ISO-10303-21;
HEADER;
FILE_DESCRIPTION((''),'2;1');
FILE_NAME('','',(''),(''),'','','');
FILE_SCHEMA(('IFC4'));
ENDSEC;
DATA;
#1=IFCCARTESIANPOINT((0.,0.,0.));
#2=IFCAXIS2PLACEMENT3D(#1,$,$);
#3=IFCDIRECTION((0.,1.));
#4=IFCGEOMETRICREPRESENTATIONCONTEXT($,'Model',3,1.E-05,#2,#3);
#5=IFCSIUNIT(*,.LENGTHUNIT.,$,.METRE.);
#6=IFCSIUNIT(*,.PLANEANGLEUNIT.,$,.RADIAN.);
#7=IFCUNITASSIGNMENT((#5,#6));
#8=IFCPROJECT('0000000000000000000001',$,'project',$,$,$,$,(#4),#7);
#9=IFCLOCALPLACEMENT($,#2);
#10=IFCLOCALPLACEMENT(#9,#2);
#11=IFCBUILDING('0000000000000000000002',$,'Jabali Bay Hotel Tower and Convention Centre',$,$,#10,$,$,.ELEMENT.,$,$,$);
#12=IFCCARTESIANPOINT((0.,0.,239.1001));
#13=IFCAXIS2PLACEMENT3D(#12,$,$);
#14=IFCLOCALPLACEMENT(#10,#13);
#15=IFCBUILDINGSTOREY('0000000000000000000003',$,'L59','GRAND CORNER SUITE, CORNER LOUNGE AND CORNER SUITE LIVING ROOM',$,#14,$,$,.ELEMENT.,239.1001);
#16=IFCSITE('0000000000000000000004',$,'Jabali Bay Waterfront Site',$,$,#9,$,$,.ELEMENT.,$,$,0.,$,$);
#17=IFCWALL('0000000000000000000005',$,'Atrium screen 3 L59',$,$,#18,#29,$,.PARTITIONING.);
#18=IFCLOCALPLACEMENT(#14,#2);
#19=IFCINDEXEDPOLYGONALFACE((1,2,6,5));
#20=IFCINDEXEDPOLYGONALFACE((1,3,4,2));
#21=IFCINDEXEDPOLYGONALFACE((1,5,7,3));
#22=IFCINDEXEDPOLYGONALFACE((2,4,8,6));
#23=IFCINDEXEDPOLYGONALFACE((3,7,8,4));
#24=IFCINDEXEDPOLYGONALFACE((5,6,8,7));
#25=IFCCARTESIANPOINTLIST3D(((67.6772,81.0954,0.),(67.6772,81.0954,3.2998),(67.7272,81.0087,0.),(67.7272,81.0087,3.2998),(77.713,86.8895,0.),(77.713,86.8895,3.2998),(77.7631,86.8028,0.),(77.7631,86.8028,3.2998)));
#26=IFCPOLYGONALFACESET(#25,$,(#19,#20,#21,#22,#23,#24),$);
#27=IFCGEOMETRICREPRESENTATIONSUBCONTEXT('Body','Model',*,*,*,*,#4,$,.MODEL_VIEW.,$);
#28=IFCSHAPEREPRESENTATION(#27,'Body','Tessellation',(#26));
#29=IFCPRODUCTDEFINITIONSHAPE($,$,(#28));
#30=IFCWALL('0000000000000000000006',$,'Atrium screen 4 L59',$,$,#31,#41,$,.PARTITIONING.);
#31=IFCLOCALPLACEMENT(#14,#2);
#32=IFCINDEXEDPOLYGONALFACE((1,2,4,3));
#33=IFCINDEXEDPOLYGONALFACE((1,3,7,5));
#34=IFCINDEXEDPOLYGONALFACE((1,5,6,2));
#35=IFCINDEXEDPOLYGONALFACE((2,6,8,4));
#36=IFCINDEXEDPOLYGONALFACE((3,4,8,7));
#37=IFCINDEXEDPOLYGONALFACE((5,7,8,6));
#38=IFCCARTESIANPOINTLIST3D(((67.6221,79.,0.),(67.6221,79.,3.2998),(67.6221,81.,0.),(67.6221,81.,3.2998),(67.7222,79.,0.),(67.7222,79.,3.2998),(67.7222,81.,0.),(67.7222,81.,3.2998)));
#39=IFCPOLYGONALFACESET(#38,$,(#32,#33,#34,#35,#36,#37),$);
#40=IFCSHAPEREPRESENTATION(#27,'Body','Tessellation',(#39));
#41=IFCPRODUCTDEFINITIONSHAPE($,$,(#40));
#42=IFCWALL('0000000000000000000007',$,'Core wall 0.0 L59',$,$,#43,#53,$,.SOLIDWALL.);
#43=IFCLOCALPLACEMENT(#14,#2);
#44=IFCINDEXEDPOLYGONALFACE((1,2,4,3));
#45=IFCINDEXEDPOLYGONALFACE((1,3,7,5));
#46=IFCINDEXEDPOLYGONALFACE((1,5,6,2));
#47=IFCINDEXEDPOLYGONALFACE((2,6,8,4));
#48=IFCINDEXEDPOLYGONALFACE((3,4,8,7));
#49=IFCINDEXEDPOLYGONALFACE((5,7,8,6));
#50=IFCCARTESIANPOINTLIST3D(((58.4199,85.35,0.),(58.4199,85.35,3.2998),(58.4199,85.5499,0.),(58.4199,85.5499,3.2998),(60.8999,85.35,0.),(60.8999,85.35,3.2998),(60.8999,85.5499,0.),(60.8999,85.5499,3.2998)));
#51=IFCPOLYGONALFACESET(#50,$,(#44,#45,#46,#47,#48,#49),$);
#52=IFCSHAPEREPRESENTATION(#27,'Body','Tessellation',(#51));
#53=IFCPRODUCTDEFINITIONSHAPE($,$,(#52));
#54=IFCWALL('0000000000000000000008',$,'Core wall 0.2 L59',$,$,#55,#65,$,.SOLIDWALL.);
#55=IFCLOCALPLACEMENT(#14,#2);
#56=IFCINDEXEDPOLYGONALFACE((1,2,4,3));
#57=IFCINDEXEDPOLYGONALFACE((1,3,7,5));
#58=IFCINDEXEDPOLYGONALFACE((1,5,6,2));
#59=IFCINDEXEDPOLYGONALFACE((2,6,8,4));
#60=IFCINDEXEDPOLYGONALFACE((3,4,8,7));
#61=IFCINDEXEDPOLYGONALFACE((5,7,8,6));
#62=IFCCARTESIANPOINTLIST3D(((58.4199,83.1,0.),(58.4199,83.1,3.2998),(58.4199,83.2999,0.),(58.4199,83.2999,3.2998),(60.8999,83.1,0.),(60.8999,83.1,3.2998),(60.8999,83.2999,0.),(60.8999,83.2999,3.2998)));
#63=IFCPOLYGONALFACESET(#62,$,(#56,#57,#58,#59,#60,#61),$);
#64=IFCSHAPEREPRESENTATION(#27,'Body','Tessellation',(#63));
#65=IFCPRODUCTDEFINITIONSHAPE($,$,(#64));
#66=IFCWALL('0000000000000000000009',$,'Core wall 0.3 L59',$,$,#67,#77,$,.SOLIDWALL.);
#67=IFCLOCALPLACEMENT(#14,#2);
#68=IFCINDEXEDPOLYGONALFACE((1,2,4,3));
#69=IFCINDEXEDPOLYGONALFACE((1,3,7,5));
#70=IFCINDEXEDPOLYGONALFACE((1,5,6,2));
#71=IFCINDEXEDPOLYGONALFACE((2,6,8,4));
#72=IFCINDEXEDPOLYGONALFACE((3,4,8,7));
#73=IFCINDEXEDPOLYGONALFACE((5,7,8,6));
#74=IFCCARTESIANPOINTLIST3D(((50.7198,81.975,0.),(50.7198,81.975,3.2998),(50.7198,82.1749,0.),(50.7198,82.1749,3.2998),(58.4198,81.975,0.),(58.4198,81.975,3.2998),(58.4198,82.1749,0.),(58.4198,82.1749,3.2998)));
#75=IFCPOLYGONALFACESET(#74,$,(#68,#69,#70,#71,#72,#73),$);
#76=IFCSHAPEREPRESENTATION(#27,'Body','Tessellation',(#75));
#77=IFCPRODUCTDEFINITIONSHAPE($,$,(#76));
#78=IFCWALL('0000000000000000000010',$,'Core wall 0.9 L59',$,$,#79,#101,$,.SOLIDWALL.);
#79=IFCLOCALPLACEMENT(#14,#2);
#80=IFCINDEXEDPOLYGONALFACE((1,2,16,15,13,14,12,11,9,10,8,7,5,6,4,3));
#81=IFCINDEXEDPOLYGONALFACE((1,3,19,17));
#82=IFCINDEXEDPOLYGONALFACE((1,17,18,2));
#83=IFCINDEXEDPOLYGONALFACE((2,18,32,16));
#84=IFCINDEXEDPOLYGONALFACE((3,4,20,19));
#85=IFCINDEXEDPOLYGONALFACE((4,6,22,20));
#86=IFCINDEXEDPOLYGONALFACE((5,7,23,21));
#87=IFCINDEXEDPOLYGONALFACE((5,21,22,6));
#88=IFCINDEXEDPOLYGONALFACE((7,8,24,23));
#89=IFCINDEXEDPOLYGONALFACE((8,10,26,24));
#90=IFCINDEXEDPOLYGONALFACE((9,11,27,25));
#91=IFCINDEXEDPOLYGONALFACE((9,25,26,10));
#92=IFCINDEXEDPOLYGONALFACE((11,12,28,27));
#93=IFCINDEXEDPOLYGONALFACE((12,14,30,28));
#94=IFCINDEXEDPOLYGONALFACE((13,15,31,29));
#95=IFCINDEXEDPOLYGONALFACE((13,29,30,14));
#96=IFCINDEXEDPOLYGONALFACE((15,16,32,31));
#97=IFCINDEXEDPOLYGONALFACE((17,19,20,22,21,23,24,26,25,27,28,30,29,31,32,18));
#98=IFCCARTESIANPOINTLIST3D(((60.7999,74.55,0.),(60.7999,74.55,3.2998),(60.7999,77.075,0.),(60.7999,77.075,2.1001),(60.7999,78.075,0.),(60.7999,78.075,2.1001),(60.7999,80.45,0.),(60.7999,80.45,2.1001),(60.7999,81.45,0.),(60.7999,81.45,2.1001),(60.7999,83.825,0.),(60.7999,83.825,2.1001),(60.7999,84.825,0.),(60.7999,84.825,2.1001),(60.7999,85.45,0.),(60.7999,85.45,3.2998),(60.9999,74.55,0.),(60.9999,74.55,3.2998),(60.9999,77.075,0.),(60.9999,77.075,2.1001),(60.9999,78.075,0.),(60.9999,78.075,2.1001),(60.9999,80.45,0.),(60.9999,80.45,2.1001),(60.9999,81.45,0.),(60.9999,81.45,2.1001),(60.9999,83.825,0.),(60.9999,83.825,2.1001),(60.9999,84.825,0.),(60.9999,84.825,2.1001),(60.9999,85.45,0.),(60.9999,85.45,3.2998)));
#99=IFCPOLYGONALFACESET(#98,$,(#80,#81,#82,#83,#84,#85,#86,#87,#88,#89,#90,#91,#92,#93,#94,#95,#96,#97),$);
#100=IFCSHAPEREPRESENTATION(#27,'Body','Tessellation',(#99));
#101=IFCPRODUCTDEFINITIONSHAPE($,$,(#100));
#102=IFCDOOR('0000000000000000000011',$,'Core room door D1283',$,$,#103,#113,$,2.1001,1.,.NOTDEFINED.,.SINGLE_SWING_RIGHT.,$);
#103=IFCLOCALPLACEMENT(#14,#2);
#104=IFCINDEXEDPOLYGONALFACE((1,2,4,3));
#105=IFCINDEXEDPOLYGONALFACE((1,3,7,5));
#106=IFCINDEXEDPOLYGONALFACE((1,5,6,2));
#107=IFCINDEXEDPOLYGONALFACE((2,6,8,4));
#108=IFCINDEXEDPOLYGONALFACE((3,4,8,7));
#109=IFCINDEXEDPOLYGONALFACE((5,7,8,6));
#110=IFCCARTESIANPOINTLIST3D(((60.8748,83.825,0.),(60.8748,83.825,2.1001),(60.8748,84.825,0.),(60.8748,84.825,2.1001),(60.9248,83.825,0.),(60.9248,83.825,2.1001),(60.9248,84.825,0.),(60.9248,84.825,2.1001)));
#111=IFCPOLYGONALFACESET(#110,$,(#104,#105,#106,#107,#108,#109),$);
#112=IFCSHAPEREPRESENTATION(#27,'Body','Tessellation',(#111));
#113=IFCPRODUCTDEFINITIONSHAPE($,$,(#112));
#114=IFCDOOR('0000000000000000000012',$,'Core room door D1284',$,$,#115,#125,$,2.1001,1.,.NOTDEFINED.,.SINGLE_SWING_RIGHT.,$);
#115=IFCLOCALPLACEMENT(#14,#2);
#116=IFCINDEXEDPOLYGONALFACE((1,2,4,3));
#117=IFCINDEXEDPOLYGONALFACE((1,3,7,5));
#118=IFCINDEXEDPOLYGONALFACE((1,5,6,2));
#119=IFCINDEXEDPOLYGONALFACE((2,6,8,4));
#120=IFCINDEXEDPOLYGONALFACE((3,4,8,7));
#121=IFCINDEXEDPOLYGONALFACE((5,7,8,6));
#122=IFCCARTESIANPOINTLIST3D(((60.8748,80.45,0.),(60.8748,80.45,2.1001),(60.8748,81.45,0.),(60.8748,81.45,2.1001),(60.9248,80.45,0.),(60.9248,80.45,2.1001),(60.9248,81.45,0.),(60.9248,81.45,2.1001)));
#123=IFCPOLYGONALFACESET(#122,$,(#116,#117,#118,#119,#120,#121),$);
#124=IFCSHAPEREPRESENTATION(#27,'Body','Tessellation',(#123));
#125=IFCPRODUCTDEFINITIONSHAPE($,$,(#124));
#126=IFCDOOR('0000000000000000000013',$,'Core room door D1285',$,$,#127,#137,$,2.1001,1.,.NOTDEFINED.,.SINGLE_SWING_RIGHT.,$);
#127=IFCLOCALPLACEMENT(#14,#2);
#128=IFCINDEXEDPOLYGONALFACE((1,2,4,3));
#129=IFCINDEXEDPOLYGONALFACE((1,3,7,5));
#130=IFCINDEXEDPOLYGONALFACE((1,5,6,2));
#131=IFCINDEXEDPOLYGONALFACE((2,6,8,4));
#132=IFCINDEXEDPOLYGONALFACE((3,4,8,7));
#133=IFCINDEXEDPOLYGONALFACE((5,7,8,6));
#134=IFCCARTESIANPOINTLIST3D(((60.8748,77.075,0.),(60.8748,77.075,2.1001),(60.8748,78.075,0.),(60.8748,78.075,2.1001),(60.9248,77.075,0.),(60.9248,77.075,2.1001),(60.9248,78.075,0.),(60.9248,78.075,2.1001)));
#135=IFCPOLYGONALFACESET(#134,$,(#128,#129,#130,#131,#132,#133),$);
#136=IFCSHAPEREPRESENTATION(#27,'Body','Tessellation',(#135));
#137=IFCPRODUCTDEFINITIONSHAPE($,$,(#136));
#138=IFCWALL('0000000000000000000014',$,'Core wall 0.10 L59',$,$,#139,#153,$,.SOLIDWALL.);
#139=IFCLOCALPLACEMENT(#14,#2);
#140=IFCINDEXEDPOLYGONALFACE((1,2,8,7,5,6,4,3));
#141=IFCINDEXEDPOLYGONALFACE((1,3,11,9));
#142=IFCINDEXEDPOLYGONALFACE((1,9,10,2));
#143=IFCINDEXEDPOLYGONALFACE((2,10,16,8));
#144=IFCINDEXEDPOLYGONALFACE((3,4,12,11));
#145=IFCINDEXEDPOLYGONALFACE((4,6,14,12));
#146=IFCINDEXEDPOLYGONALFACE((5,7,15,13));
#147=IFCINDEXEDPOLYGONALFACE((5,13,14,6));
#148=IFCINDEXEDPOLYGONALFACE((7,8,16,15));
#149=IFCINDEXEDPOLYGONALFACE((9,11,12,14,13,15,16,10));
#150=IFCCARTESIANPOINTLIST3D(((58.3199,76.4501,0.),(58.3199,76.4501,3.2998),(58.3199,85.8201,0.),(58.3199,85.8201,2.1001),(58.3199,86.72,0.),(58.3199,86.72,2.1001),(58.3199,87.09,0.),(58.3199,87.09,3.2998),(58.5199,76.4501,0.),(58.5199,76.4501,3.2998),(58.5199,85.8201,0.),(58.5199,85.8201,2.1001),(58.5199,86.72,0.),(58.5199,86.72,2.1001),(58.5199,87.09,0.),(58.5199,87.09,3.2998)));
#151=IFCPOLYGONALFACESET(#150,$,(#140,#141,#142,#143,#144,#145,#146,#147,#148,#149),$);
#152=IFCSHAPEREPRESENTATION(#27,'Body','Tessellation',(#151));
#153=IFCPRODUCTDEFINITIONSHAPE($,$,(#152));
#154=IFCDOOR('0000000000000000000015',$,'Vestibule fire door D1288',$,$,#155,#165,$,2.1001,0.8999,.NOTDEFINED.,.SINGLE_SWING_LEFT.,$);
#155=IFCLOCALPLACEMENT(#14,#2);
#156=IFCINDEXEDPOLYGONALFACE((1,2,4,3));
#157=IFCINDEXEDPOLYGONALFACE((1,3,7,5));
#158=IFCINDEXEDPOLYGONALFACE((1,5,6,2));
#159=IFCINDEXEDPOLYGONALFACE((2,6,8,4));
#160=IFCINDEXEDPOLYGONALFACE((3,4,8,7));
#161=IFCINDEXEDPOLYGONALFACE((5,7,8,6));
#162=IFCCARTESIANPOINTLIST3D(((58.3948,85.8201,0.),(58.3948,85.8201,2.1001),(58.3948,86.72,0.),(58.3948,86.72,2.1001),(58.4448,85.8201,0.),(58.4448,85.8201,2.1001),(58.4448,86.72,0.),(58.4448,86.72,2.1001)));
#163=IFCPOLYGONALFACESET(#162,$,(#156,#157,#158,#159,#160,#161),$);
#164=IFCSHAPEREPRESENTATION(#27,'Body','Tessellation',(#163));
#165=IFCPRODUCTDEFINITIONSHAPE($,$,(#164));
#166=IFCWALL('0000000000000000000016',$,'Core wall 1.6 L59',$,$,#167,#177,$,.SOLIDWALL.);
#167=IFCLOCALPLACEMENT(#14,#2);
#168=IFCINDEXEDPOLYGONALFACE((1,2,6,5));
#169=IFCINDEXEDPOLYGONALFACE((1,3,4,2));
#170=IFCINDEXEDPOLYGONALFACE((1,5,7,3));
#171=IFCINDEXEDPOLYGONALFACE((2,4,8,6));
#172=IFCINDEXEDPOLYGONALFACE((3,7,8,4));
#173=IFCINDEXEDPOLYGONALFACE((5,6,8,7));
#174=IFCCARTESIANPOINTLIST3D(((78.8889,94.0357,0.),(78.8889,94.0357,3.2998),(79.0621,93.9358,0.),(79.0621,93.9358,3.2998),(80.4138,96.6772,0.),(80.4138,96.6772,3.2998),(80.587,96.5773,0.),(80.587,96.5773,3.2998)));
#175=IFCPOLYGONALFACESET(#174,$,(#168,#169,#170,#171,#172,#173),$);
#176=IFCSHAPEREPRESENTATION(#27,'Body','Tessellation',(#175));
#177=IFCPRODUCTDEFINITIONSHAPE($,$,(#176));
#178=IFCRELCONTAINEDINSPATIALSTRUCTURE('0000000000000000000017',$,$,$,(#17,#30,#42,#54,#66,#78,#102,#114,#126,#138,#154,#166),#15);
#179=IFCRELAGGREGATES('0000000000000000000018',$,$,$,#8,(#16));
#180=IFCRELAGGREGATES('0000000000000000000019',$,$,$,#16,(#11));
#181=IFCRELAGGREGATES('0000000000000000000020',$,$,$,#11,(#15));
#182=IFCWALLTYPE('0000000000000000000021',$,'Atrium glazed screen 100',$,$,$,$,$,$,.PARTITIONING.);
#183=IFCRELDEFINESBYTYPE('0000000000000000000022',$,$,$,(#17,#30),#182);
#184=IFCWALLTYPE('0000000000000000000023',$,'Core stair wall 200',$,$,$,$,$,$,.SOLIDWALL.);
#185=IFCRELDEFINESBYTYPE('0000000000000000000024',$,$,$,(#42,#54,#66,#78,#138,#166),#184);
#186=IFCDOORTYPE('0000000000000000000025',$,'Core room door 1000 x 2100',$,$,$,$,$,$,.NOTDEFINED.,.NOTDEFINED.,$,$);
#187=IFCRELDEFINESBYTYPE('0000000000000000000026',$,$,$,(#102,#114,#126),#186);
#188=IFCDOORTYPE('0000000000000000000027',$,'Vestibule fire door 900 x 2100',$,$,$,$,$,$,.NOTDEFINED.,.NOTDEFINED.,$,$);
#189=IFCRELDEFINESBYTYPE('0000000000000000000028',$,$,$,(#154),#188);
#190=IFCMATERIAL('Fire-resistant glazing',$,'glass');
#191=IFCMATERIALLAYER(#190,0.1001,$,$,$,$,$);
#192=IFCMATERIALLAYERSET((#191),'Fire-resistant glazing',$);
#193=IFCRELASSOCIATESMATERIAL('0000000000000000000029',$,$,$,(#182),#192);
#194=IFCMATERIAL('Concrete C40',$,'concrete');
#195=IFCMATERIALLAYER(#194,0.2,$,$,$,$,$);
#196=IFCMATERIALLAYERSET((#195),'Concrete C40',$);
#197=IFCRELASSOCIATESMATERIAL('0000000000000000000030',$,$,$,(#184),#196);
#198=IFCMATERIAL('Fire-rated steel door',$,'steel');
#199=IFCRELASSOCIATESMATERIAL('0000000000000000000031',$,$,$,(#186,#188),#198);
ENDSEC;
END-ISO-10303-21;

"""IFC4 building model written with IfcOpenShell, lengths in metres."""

from ifc_helpers import new_model, si_unit, direction, frame, frame_2d, origin, place, context, subcontext, project, spatial, rectangle, extrude, material, layer, layer_set, type_object, element, fill, save


model = new_model("IFC4")

# Units and contexts
model_context = context("Model", 3, precision=1e-05, world=origin(), true_north=direction((0.0, 1.0)))
body_context = subcontext(model_context, "Body", "Model", "MODEL_VIEW")
ifc_project = project(units=[si_unit("LENGTHUNIT", "METRE"), si_unit("PLANEANGLEUNIT", "RADIAN")], contexts=[model_context])

# Site, building, storey
site_placement = place(None, origin())
site = spatial("IfcSite", under=ifc_project, at=site_placement, Name="Jabali Bay Waterfront Site", CompositionType="ELEMENT", RefElevation=0.0)
building_placement = place(site_placement, origin())
building = spatial("IfcBuilding", under=site, at=building_placement, Name="Jabali Bay Hotel Tower and Convention Centre", CompositionType="ELEMENT")
storey_placement = place(building_placement, frame((0.0, 0.0, 239.1001)))
storey = spatial("IfcBuildingStorey", under=building, at=storey_placement, Name="L59", Description="GRAND CORNER SUITE, CORNER LOUNGE AND CORNER SUITE LIVING ROOM", CompositionType="ELEMENT", Elevation=239.1001)

# Walls
ifc_material_1 = material(Name="Fire-resistant glazing", Category="glass")
ifc_layer_1 = layer(ifc_material_1, 0.1001)
ifc_layer_set_1 = layer_set([ifc_layer_1], Name="Fire-resistant glazing")
wall_type_1 = type_object("IfcWallType", Name="Atrium glazed screen 100", PredefinedType="PARTITIONING", material=ifc_layer_set_1)
wall_1_placement = place(storey_placement, frame((77.738, 86.8462, 0.0), z_axis=(0.0, 0.0, 1.0), x_axis=(-0.866027, -0.499998, 0.0)))
element("IfcWall", 1, at=wall_1_placement, inside=storey, type_object=wall_type_1, Name="Atrium screen 3 L59", PredefinedType="PARTITIONING", context=body_context, shape_type="SweptSolid", body=[
    extrude(rectangle(XDim=11.5884, YDim=0.1001, at=frame_2d((5.7942, 0.0))), origin(), (0.0, 0.0, 1.0), 3.2998),
])
wall_2_placement = place(storey_placement, frame((67.6721, 81.0, 0.0), z_axis=(0.0, 0.0, 1.0), x_axis=(0.0, -1.0, 0.0)))
element("IfcWall", 2, at=wall_2_placement, inside=storey, type_object=wall_type_1, Name="Atrium screen 4 L59", PredefinedType="PARTITIONING", context=body_context, shape_type="SweptSolid", body=[
    extrude(rectangle(XDim=2.0, YDim=0.1001, at=frame_2d((1.0, 0.0))), origin(), (0.0, 0.0, 1.0), 3.2998),
])
ifc_material_2 = material(Name="Concrete C40", Category="concrete")
ifc_layer_2 = layer(ifc_material_2, 0.2)
ifc_layer_set_2 = layer_set([ifc_layer_2], Name="Concrete C40")
wall_type_2 = type_object("IfcWallType", Name="Core stair wall 200", PredefinedType="SOLIDWALL", material=ifc_layer_set_2)
for number, where, z_axis, x_axis, name in (
    (3, (60.8999, 85.45, 0.0), (0.0, 0.0, 1.0), (-1.0, 0.0, 0.0), "Core wall 0.0 L59"),
    (4, (60.8999, 83.2, 0.0), (0.0, 0.0, 1.0), (-1.0, 0.0, 0.0), "Core wall 0.2 L59"),
):
    element("IfcWall", number, at=place(storey_placement, frame(where, z_axis=z_axis, x_axis=x_axis)), inside=storey, type_object=wall_type_2, Name=name, PredefinedType="SOLIDWALL", context=body_context, shape_type="SweptSolid", body=[
        extrude(rectangle(XDim=2.48, YDim=0.2, at=frame_2d((1.24, 0.0))), origin(), (0.0, 0.0, 1.0), 3.2998),
    ])
wall_3_placement = place(storey_placement, frame((58.4199, 82.075, 0.0), z_axis=(0.0, 0.0, 1.0), x_axis=(-1.0, 0.0, 0.0)))
element("IfcWall", 5, at=wall_3_placement, inside=storey, type_object=wall_type_2, Name="Core wall 0.3 L59", PredefinedType="SOLIDWALL", context=body_context, shape_type="SweptSolid", body=[
    extrude(rectangle(XDim=7.7, YDim=0.2, at=frame_2d((3.8501, 0.0))), origin(), (0.0, 0.0, 1.0), 3.2998),
])

# Wall, openings, doors
wall_4_placement = place(storey_placement, frame((60.8999, 85.45, 0.0), z_axis=(0.0, 0.0, 1.0), x_axis=(0.0, -1.0, 0.0)))
wall_4 = element("IfcWall", 6, at=wall_4_placement, inside=storey, type_object=wall_type_2, Name="Core wall 0.9 L59", PredefinedType="SOLIDWALL", context=body_context, shape_type="SweptSolid", body=[
    extrude(rectangle(XDim=10.8999, YDim=0.2, at=frame_2d((5.45, 0.0))), origin(), (0.0, 0.0, 1.0), 3.2998),
])
opening_1_placement = place(wall_4_placement, frame((0.625, 0.0, 0.0)))
opening_1 = element("IfcOpeningElement", 7, at=opening_1_placement, cuts=wall_4, PredefinedType="OPENING", context=body_context, shape_type="SweptSolid", body=[
    extrude(rectangle(XDim=1.0, YDim=2.1001, at=frame_2d((0.5, 1.05))), frame((0.0, 0.1104, 0.0), z_axis=(0.0, -1.0, 0.0), x_axis=(1.0, 0.0, 0.0)), (0.0, 0.0, 1.0), 0.2209),
])
opening_2_placement = place(wall_4_placement, frame((4.0, 0.0, 0.0)))
opening_2 = element("IfcOpeningElement", 8, at=opening_2_placement, cuts=wall_4, PredefinedType="OPENING", context=body_context, shape_type="SweptSolid", body=[
    extrude(rectangle(XDim=1.0, YDim=2.1001, at=frame_2d((0.5, 1.05))), frame((0.0, 0.1104, 0.0), z_axis=(0.0, -1.0, 0.0), x_axis=(1.0, 0.0, 0.0)), (0.0, 0.0, 1.0), 0.2209),
])
opening_3_placement = place(wall_4_placement, frame((7.375, 0.0, 0.0)))
opening_3 = element("IfcOpeningElement", 9, at=opening_3_placement, cuts=wall_4, PredefinedType="OPENING", context=body_context, shape_type="SweptSolid", body=[
    extrude(rectangle(XDim=1.0, YDim=2.1001, at=frame_2d((0.5, 1.05))), frame((0.0, 0.1104, 0.0), z_axis=(0.0, -1.0, 0.0), x_axis=(1.0, 0.0, 0.0)), (0.0, 0.0, 1.0), 0.2209),
])
ifc_material_3 = material(Name="Fire-rated steel door", Category="steel")
door_type_1 = type_object("IfcDoorType", Name="Core room door 1000 x 2100", OperationType="NOTDEFINED", PredefinedType="NOTDEFINED", material=ifc_material_3)
door_1_placement = place(opening_1_placement, origin())
door_1 = element("IfcDoor", 10, at=door_1_placement, inside=storey, type_object=door_type_1, Name="Core room door D1283", OperationType="SINGLE_SWING_RIGHT", OverallHeight=2.1001, OverallWidth=1.0, PredefinedType="NOTDEFINED", context=body_context, shape_type="SweptSolid", body=[
    extrude(rectangle(XDim=1.0, YDim=2.1001, at=frame_2d((0.5, 1.05))), frame((0.0, 0.0249, 0.0), z_axis=(0.0, -1.0, 0.0), x_axis=(1.0, 0.0, 0.0)), (0.0, 0.0, 1.0), 0.05),
])
fill(opening_1, door_1)
door_2_placement = place(opening_2_placement, origin())
door_2 = element("IfcDoor", 11, at=door_2_placement, inside=storey, type_object=door_type_1, Name="Core room door D1284", OperationType="SINGLE_SWING_RIGHT", OverallHeight=2.1001, OverallWidth=1.0, PredefinedType="NOTDEFINED", context=body_context, shape_type="SweptSolid", body=[
    extrude(rectangle(XDim=1.0, YDim=2.1001, at=frame_2d((0.5, 1.05))), frame((0.0, 0.0249, 0.0), z_axis=(0.0, -1.0, 0.0), x_axis=(1.0, 0.0, 0.0)), (0.0, 0.0, 1.0), 0.05),
])
fill(opening_2, door_2)
door_3_placement = place(opening_3_placement, origin())
door_3 = element("IfcDoor", 12, at=door_3_placement, inside=storey, type_object=door_type_1, Name="Core room door D1285", OperationType="SINGLE_SWING_RIGHT", OverallHeight=2.1001, OverallWidth=1.0, PredefinedType="NOTDEFINED", context=body_context, shape_type="SweptSolid", body=[
    extrude(rectangle(XDim=1.0, YDim=2.1001, at=frame_2d((0.5, 1.05))), frame((0.0, 0.0249, 0.0), z_axis=(0.0, -1.0, 0.0), x_axis=(1.0, 0.0, 0.0)), (0.0, 0.0, 1.0), 0.05),
])
fill(opening_3, door_3)

# Wall, opening, door
wall_5_placement = place(storey_placement, frame((58.4199, 87.0898, 0.0), z_axis=(0.0, 0.0, 1.0), x_axis=(0.0, -1.0, 0.0)))
wall_5 = element("IfcWall", 13, at=wall_5_placement, inside=storey, type_object=wall_type_2, Name="Core wall 0.10 L59", PredefinedType="SOLIDWALL", context=body_context, shape_type="SweptSolid", body=[
    extrude(rectangle(XDim=10.6399, YDim=0.2, at=frame_2d((5.3198, 0.0))), origin(), (0.0, 0.0, 1.0), 3.2998),
])
opening_4_placement = place(wall_5_placement, frame((0.3699, 0.0, 0.0)))
opening_4 = element("IfcOpeningElement", 14, at=opening_4_placement, cuts=wall_5, PredefinedType="OPENING", context=body_context, shape_type="SweptSolid", body=[
    extrude(rectangle(XDim=0.8999, YDim=2.1001, at=frame_2d((0.45, 1.05))), frame((0.0, 0.1104, 0.0), z_axis=(0.0, -1.0, 0.0), x_axis=(1.0, 0.0, 0.0)), (0.0, 0.0, 1.0), 0.2209),
])
door_type_2 = type_object("IfcDoorType", Name="Vestibule fire door 900 x 2100", OperationType="NOTDEFINED", PredefinedType="NOTDEFINED", material=ifc_material_3)
door_4_placement = place(opening_4_placement, origin())
door_4 = element("IfcDoor", 15, at=door_4_placement, inside=storey, type_object=door_type_2, Name="Vestibule fire door D1288", OperationType="SINGLE_SWING_LEFT", OverallHeight=2.1001, OverallWidth=0.8999, PredefinedType="NOTDEFINED", context=body_context, shape_type="SweptSolid", body=[
    extrude(rectangle(XDim=0.8999, YDim=2.1001, at=frame_2d((0.45, 1.05))), frame((0.0, 0.0249, 0.0), z_axis=(0.0, -1.0, 0.0), x_axis=(1.0, 0.0, 0.0)), (0.0, 0.0, 1.0), 0.05),
])
fill(opening_4, door_4)

# Wall
wall_6_placement = place(storey_placement, frame((78.9756, 93.9858, 0.0), z_axis=(0.0, 0.0, 1.0), x_axis=(0.499944, 0.866058, 0.0)))
element("IfcWall", 16, at=wall_6_placement, inside=storey, type_object=wall_type_2, Name="Core wall 1.6 L59", PredefinedType="SOLIDWALL", context=body_context, shape_type="SweptSolid", body=[
    extrude(rectangle(XDim=3.05, YDim=0.2, at=frame_2d((1.5249, 0.0))), origin(), (0.0, 0.0, 1.0), 3.2998),
])

save(model, "model.ifc")
